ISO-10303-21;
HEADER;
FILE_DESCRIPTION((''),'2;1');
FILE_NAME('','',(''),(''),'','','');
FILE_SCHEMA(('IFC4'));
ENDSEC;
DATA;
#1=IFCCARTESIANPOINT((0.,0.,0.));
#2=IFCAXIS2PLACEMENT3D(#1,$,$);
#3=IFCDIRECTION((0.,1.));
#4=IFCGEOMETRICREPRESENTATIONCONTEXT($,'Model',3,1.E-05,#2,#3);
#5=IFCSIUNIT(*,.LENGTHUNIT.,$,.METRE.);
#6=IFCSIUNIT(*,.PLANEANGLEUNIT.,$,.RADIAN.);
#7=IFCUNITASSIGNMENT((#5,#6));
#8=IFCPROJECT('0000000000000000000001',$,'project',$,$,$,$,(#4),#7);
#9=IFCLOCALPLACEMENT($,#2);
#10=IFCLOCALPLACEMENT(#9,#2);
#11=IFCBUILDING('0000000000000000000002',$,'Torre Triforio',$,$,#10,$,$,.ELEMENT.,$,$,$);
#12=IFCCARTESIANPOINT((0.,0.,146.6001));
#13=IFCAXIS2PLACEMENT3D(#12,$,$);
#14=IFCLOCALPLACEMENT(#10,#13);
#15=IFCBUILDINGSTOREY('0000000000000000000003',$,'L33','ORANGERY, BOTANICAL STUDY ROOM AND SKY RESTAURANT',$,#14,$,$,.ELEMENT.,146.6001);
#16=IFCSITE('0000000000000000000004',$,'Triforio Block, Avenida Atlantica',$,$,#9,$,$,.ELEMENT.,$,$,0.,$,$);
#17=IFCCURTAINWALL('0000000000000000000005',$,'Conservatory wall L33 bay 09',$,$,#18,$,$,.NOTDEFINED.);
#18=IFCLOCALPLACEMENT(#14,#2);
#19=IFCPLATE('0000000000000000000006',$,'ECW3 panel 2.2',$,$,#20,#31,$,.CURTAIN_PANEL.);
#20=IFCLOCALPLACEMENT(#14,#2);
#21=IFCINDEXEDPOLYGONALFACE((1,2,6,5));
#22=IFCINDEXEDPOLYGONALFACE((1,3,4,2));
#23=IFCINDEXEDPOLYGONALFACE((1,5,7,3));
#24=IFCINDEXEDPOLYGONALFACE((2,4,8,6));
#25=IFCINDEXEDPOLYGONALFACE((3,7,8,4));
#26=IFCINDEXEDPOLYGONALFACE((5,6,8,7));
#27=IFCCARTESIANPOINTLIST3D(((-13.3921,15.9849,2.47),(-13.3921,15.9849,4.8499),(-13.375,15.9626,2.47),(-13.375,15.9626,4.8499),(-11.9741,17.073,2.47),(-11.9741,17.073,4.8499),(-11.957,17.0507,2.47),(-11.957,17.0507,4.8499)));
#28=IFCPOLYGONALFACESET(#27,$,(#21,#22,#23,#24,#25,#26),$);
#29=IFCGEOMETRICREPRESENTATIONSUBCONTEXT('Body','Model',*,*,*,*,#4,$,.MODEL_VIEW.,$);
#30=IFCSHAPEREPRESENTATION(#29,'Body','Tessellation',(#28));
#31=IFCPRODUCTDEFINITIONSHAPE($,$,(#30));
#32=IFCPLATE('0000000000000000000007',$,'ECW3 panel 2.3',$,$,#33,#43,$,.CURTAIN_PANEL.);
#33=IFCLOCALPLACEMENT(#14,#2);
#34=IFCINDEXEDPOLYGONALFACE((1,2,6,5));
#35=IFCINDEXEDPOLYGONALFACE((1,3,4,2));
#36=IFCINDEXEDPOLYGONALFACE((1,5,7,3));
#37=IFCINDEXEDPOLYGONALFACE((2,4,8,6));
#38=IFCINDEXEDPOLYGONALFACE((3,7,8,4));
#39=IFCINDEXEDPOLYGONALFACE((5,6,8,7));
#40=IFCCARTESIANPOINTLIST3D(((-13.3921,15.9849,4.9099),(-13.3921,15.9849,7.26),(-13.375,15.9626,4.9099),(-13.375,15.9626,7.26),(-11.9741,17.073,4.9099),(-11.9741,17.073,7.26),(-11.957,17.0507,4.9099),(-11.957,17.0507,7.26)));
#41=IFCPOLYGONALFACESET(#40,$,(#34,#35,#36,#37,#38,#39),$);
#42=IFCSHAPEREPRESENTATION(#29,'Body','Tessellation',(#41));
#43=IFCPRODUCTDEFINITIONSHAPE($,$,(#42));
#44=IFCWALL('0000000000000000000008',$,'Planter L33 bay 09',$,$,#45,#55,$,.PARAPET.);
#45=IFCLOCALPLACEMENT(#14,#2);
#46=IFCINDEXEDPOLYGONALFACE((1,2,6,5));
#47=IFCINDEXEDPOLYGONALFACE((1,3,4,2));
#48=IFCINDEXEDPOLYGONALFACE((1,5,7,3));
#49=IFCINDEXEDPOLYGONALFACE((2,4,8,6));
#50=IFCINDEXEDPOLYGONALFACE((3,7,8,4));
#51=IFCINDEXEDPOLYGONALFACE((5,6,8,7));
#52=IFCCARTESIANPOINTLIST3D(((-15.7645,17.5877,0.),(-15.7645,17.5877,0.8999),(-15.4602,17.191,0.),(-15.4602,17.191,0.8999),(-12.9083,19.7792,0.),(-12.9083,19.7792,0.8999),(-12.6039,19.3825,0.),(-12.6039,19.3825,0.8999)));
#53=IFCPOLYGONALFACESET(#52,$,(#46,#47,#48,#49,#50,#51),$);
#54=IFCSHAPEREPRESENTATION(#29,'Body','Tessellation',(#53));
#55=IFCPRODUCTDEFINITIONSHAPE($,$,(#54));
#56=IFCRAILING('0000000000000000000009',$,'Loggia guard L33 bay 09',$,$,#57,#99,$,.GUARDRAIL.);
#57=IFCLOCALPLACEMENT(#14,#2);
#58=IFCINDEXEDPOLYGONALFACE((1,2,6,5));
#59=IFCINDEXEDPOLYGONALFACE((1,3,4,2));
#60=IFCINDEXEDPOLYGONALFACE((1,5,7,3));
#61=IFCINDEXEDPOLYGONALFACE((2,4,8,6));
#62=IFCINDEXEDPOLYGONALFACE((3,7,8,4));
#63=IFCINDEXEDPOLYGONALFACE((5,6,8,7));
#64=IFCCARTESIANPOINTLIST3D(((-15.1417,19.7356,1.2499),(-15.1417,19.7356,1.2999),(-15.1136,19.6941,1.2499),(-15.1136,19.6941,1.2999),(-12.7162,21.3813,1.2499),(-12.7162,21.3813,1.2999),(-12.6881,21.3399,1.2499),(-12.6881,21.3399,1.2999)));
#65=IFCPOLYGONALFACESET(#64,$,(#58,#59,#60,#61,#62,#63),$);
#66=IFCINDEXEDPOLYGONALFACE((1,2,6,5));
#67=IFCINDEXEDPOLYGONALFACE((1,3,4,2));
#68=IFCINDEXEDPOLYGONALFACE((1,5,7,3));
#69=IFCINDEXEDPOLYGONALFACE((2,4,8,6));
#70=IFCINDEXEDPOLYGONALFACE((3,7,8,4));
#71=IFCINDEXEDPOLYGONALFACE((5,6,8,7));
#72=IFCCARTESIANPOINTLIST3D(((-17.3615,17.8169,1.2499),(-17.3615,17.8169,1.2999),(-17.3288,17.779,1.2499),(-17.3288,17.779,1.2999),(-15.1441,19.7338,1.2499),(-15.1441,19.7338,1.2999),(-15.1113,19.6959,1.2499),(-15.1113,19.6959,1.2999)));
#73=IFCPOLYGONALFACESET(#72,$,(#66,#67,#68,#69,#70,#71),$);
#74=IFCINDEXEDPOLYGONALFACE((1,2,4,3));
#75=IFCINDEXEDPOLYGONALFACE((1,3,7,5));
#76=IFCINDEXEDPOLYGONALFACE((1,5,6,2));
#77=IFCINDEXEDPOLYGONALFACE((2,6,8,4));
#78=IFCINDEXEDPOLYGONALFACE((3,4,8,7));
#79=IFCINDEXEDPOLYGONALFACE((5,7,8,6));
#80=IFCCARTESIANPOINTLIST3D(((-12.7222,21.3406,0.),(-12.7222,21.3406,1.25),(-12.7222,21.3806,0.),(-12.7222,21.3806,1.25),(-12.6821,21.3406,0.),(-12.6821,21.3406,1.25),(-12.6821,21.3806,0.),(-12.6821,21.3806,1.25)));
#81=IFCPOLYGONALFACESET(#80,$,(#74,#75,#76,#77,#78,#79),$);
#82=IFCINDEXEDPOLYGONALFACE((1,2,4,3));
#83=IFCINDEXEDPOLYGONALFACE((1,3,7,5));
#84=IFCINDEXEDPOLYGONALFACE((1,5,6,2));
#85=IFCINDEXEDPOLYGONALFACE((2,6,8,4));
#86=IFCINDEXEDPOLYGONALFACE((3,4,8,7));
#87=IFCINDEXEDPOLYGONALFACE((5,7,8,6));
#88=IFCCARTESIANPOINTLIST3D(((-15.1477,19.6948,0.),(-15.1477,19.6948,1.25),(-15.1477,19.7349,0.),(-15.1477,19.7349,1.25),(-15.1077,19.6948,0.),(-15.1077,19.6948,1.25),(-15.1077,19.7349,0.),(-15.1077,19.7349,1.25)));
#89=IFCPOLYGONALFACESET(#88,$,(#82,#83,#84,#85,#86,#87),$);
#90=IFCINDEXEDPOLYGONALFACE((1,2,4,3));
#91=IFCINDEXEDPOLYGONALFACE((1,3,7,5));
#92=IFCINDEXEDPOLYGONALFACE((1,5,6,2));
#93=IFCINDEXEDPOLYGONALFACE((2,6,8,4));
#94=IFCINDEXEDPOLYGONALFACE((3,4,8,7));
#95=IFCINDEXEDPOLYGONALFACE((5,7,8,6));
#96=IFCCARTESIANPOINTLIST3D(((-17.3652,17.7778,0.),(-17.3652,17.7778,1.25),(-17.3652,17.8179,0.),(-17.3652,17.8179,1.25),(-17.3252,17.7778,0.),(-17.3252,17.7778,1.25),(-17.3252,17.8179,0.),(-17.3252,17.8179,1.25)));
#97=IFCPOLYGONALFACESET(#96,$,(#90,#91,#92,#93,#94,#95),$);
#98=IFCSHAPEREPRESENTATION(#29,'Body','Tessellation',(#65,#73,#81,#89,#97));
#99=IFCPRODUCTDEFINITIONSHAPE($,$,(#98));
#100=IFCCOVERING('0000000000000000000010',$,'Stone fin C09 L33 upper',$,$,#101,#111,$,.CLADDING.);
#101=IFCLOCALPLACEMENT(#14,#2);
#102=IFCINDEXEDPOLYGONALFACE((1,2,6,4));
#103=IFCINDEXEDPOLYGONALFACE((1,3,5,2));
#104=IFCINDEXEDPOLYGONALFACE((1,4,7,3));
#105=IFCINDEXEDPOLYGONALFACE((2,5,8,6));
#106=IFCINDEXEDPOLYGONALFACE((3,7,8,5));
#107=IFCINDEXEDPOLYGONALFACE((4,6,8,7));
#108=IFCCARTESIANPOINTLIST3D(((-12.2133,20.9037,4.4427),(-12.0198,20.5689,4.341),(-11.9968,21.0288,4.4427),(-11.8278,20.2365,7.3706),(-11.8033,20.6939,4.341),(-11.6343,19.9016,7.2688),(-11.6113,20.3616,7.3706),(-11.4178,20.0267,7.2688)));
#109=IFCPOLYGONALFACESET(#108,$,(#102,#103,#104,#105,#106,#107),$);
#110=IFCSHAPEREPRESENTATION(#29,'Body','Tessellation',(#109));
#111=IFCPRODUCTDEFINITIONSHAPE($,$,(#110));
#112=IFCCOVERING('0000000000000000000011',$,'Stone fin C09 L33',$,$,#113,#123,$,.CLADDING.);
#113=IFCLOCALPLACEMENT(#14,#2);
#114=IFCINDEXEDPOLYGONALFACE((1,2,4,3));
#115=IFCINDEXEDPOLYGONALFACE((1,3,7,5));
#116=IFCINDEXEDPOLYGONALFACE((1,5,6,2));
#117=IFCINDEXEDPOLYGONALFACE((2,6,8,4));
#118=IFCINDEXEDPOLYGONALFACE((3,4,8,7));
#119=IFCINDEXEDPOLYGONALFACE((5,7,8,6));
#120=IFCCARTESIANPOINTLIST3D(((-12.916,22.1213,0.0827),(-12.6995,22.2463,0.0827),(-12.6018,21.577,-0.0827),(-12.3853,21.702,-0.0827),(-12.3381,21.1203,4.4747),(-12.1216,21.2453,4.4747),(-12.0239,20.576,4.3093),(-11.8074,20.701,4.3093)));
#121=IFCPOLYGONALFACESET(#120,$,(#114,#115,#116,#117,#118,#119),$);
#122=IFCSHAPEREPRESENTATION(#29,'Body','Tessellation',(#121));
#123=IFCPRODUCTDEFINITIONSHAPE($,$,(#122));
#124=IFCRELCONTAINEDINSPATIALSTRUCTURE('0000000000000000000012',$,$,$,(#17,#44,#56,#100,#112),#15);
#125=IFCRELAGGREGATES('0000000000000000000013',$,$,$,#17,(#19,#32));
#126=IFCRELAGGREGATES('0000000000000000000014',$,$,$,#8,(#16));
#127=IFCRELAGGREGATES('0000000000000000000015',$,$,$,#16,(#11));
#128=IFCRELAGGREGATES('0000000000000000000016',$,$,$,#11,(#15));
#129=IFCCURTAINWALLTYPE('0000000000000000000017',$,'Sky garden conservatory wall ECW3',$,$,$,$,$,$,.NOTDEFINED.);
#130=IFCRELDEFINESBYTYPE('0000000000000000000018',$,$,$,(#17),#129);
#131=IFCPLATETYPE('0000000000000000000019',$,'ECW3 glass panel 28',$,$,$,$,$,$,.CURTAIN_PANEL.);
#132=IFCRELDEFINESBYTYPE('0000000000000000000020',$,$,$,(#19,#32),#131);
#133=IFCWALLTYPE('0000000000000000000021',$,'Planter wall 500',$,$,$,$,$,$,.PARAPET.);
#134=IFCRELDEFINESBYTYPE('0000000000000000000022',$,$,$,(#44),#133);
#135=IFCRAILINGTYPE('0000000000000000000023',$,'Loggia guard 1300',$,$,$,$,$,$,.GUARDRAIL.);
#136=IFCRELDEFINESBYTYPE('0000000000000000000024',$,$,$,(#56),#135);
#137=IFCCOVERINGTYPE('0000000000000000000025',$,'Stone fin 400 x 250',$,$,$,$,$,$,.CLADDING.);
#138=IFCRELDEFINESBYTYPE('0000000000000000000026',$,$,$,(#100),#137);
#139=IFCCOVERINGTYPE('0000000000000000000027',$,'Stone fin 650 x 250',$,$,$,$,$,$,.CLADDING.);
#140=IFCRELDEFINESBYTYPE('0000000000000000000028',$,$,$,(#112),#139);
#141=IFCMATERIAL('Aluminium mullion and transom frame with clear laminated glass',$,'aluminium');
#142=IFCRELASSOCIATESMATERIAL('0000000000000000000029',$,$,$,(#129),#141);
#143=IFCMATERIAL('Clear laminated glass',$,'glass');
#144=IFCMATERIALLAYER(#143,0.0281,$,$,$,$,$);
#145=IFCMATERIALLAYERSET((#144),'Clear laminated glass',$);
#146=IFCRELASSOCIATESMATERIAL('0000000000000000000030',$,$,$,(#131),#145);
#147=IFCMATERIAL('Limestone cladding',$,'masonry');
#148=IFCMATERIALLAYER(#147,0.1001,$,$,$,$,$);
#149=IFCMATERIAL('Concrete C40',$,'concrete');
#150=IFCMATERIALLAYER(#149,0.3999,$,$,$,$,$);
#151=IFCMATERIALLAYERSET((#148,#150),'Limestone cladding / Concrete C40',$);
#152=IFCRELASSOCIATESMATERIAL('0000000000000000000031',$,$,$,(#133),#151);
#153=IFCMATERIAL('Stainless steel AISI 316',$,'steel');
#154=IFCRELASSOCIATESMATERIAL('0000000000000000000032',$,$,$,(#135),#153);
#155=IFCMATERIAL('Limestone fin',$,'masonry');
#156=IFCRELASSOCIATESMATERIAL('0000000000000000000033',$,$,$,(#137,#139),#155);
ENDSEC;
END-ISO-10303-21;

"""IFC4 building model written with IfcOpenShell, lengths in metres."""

from ifc_helpers import new_model, si_unit, direction, frame, frame_2d, origin, origin_2d, place, context, subcontext, project, spatial, rectangle, extrude, material, layer, layer_set, material_profile, profile_set, type_object, element, aggregate, save


model = new_model("IFC4")

# Units and contexts
model_context = context("Model", 3, precision=1e-05, world=origin(), true_north=direction((0.0, 1.0)))
body_context = subcontext(model_context, "Body", "Model", "MODEL_VIEW")
ifc_project = project(units=[si_unit("LENGTHUNIT", "METRE"), si_unit("PLANEANGLEUNIT", "RADIAN")], contexts=[model_context])

# Site, building, storey
site_placement = place(None, origin())
site = spatial("IfcSite", under=ifc_project, at=site_placement, Name="Triforio Block, Avenida Atlantica", CompositionType="ELEMENT", RefElevation=0.0)
building_placement = place(site_placement, origin())
building = spatial("IfcBuilding", under=site, at=building_placement, Name="Torre Triforio", CompositionType="ELEMENT")
storey_placement = place(building_placement, frame((0.0, 0.0, 146.6001)))
storey = spatial("IfcBuildingStorey", under=building, at=storey_placement, Name="L33", Description="ORANGERY, BOTANICAL STUDY ROOM AND SKY RESTAURANT", CompositionType="ELEMENT", Elevation=146.6001)

# Curtain wall
ifc_material_1 = material(Name="Aluminium mullion and transom frame with clear laminated glass", Category="aluminium")
curtain_wall_type = type_object("IfcCurtainWallType", Name="Sky garden conservatory wall ECW3", PredefinedType="NOTDEFINED", material=ifc_material_1)
curtain_wall_placement = place(storey_placement, origin())
curtain_wall = element("IfcCurtainWall", 1, at=curtain_wall_placement, inside=storey, type_object=curtain_wall_type, Name="Conservatory wall L33 bay 09", PredefinedType="NOTDEFINED")

# Plates
ifc_material_2 = material(Name="Clear laminated glass", Category="glass")
ifc_layer_1 = layer(ifc_material_2, 0.0281)
ifc_layer_set_1 = layer_set([ifc_layer_1], Name="Clear laminated glass")
plate_type = type_object("IfcPlateType", Name="ECW3 glass panel 28", PredefinedType="CURTAIN_PANEL", material=ifc_layer_set_1)
plate_1_placement = place(storey_placement, frame((-12.6746, 16.5178, 2.47), z_axis=(0.0, 0.0, 1.0), x_axis=(-0.793352, -0.608763, 0.0)))
plate_1 = element("IfcPlate", 2, at=plate_1_placement, type_object=plate_type, Name="ECW3 panel 2.2", PredefinedType="CURTAIN_PANEL", context=body_context, shape_type="SweptSolid", body=[
    extrude(rectangle(XDim=1.7874, YDim=0.0281, at=origin_2d()), origin(), (0.0, 0.0, 1.0), 2.3799),
])
plate_2_placement = place(storey_placement, frame((-12.6746, 16.5178, 4.9099), z_axis=(0.0, 0.0, 1.0), x_axis=(-0.793352, -0.608763, 0.0)))
plate_2 = element("IfcPlate", 3, at=plate_2_placement, type_object=plate_type, Name="ECW3 panel 2.3", PredefinedType="CURTAIN_PANEL", context=body_context, shape_type="SweptSolid", body=[
    extrude(rectangle(XDim=1.7874, YDim=0.0281, at=origin_2d()), origin(), (0.0, 0.0, 1.0), 2.3501),
])
aggregate(curtain_wall, [plate_1, plate_2])

# Wall
ifc_material_3 = material(Name="Limestone cladding", Category="masonry")
ifc_layer_2 = layer(ifc_material_3, 0.1001)
ifc_material_4 = material(Name="Concrete C40", Category="concrete")
ifc_layer_3 = layer(ifc_material_4, 0.3999)
ifc_layer_set_2 = layer_set([ifc_layer_2, ifc_layer_3], Name="Limestone cladding / Concrete C40")
wall_type = type_object("IfcWallType", Name="Planter wall 500", PredefinedType="PARAPET", material=ifc_layer_set_2)
wall_placement = place(storey_placement, frame((-12.7561, 19.5808, 0.0), z_axis=(0.0, 0.0, 1.0), x_axis=(-0.793385, -0.608721, 0.0)))
element("IfcWall", 4, at=wall_placement, inside=storey, type_object=wall_type, Name="Planter L33 bay 09", PredefinedType="PARAPET", context=body_context, shape_type="SweptSolid", body=[
    extrude(rectangle(XDim=3.6001, YDim=0.5, at=frame_2d((1.8, 0.0))), origin(), (0.0, 0.0, 1.0), 0.8999),
])

# Railing
ifc_material_5 = material(Name="Stainless steel AISI 316", Category="steel")
railing_type = type_object("IfcRailingType", Name="Loggia guard 1300", PredefinedType="GUARDRAIL", material=ifc_material_5)
railing_placement = place(storey_placement, frame((-12.7021, 21.3606, 0.0)))
element("IfcRailing", 5, at=railing_placement, inside=storey, type_object=railing_type, Name="Loggia guard L33 bay 09", PredefinedType="GUARDRAIL", context=body_context, shape_type="SweptSolid", body=[
    extrude(rectangle(XDim=0.05, YDim=0.05, at=origin_2d()), frame((0.0, 0.0, 1.2749), z_axis=(-0.827499, -0.561467, 0.0), x_axis=(0.561467, -0.827499, 0.0)), (0.0, 0.0, 1.0), 2.9312),
    extrude(rectangle(XDim=0.05, YDim=0.05, at=origin_2d()), frame((-2.4255, -1.6458, 1.2749), z_axis=(-0.75651, -0.653982, 0.0), x_axis=(0.653982, -0.75651, 0.0)), (0.0, 0.0, 1.0), 2.9312),
    extrude(rectangle(XDim=0.04, YDim=0.04, at=origin_2d()), origin(), (0.0, 0.0, 1.0), 1.25),
    extrude(rectangle(XDim=0.04, YDim=0.04, at=origin_2d()), frame((-2.4255, -1.6458, 0.0)), (0.0, 0.0, 1.0), 1.25),
    extrude(rectangle(XDim=0.04, YDim=0.04, at=origin_2d()), frame((-4.6431, -3.5627, 0.0)), (0.0, 0.0, 1.0), 1.25),
])

# Coverings
ifc_material_6 = material(Name="Limestone fin", Category="masonry")
ifc_material_profile_1 = material_profile(ifc_material_6, rectangle(XDim=0.3999, YDim=0.25, at=origin_2d()), Name="FIN 400x250")
ifc_profile_set_1 = profile_set([ifc_material_profile_1], Name="Limestone fin")
covering_type_1 = type_object("IfcCoveringType", Name="Stone fin 400 x 250", PredefinedType="CLADDING", material=ifc_profile_set_1)
covering_1_placement = place(storey_placement, frame((-12.0083, 20.7988, 4.3918), z_axis=(0.127324, -0.220378, 0.967069), x_axis=(-0.483787, 0.83736, 0.254516)))
element("IfcCovering", 6, at=covering_1_placement, inside=storey, type_object=covering_type_1, Name="Stone fin C09 L33 upper", PredefinedType="CLADDING", context=body_context, shape_type="SweptSolid", body=[
    extrude(rectangle(XDim=0.3999, YDim=0.25, at=origin_2d()), origin(), (0.0, 0.0, 1.0), 3.0276),
])
ifc_material_profile_2 = material_profile(ifc_material_6, rectangle(XDim=0.6499, YDim=0.25, at=origin_2d()), Name="FIN 650x250")
ifc_profile_set_2 = profile_set([ifc_material_profile_2], Name="Limestone fin")
covering_type_2 = type_object("IfcCoveringType", Name="Stone fin 650 x 250", PredefinedType="CLADDING", material=ifc_profile_set_2)
covering_2_placement = place(storey_placement, frame((-12.6506, 21.9116, 0.0), z_axis=(0.127248, -0.220412, 0.967071), x_axis=(-0.483515, 0.83752, 0.254506)))
element("IfcCovering", 7, at=covering_2_placement, inside=storey, type_object=covering_type_2, Name="Stone fin C09 L33", PredefinedType="CLADDING", context=body_context, shape_type="SweptSolid", body=[
    extrude(rectangle(XDim=0.6499, YDim=0.25, at=origin_2d()), origin(), (0.0, 0.0, 1.0), 4.5415),
])

save(model, "model.ifc")
